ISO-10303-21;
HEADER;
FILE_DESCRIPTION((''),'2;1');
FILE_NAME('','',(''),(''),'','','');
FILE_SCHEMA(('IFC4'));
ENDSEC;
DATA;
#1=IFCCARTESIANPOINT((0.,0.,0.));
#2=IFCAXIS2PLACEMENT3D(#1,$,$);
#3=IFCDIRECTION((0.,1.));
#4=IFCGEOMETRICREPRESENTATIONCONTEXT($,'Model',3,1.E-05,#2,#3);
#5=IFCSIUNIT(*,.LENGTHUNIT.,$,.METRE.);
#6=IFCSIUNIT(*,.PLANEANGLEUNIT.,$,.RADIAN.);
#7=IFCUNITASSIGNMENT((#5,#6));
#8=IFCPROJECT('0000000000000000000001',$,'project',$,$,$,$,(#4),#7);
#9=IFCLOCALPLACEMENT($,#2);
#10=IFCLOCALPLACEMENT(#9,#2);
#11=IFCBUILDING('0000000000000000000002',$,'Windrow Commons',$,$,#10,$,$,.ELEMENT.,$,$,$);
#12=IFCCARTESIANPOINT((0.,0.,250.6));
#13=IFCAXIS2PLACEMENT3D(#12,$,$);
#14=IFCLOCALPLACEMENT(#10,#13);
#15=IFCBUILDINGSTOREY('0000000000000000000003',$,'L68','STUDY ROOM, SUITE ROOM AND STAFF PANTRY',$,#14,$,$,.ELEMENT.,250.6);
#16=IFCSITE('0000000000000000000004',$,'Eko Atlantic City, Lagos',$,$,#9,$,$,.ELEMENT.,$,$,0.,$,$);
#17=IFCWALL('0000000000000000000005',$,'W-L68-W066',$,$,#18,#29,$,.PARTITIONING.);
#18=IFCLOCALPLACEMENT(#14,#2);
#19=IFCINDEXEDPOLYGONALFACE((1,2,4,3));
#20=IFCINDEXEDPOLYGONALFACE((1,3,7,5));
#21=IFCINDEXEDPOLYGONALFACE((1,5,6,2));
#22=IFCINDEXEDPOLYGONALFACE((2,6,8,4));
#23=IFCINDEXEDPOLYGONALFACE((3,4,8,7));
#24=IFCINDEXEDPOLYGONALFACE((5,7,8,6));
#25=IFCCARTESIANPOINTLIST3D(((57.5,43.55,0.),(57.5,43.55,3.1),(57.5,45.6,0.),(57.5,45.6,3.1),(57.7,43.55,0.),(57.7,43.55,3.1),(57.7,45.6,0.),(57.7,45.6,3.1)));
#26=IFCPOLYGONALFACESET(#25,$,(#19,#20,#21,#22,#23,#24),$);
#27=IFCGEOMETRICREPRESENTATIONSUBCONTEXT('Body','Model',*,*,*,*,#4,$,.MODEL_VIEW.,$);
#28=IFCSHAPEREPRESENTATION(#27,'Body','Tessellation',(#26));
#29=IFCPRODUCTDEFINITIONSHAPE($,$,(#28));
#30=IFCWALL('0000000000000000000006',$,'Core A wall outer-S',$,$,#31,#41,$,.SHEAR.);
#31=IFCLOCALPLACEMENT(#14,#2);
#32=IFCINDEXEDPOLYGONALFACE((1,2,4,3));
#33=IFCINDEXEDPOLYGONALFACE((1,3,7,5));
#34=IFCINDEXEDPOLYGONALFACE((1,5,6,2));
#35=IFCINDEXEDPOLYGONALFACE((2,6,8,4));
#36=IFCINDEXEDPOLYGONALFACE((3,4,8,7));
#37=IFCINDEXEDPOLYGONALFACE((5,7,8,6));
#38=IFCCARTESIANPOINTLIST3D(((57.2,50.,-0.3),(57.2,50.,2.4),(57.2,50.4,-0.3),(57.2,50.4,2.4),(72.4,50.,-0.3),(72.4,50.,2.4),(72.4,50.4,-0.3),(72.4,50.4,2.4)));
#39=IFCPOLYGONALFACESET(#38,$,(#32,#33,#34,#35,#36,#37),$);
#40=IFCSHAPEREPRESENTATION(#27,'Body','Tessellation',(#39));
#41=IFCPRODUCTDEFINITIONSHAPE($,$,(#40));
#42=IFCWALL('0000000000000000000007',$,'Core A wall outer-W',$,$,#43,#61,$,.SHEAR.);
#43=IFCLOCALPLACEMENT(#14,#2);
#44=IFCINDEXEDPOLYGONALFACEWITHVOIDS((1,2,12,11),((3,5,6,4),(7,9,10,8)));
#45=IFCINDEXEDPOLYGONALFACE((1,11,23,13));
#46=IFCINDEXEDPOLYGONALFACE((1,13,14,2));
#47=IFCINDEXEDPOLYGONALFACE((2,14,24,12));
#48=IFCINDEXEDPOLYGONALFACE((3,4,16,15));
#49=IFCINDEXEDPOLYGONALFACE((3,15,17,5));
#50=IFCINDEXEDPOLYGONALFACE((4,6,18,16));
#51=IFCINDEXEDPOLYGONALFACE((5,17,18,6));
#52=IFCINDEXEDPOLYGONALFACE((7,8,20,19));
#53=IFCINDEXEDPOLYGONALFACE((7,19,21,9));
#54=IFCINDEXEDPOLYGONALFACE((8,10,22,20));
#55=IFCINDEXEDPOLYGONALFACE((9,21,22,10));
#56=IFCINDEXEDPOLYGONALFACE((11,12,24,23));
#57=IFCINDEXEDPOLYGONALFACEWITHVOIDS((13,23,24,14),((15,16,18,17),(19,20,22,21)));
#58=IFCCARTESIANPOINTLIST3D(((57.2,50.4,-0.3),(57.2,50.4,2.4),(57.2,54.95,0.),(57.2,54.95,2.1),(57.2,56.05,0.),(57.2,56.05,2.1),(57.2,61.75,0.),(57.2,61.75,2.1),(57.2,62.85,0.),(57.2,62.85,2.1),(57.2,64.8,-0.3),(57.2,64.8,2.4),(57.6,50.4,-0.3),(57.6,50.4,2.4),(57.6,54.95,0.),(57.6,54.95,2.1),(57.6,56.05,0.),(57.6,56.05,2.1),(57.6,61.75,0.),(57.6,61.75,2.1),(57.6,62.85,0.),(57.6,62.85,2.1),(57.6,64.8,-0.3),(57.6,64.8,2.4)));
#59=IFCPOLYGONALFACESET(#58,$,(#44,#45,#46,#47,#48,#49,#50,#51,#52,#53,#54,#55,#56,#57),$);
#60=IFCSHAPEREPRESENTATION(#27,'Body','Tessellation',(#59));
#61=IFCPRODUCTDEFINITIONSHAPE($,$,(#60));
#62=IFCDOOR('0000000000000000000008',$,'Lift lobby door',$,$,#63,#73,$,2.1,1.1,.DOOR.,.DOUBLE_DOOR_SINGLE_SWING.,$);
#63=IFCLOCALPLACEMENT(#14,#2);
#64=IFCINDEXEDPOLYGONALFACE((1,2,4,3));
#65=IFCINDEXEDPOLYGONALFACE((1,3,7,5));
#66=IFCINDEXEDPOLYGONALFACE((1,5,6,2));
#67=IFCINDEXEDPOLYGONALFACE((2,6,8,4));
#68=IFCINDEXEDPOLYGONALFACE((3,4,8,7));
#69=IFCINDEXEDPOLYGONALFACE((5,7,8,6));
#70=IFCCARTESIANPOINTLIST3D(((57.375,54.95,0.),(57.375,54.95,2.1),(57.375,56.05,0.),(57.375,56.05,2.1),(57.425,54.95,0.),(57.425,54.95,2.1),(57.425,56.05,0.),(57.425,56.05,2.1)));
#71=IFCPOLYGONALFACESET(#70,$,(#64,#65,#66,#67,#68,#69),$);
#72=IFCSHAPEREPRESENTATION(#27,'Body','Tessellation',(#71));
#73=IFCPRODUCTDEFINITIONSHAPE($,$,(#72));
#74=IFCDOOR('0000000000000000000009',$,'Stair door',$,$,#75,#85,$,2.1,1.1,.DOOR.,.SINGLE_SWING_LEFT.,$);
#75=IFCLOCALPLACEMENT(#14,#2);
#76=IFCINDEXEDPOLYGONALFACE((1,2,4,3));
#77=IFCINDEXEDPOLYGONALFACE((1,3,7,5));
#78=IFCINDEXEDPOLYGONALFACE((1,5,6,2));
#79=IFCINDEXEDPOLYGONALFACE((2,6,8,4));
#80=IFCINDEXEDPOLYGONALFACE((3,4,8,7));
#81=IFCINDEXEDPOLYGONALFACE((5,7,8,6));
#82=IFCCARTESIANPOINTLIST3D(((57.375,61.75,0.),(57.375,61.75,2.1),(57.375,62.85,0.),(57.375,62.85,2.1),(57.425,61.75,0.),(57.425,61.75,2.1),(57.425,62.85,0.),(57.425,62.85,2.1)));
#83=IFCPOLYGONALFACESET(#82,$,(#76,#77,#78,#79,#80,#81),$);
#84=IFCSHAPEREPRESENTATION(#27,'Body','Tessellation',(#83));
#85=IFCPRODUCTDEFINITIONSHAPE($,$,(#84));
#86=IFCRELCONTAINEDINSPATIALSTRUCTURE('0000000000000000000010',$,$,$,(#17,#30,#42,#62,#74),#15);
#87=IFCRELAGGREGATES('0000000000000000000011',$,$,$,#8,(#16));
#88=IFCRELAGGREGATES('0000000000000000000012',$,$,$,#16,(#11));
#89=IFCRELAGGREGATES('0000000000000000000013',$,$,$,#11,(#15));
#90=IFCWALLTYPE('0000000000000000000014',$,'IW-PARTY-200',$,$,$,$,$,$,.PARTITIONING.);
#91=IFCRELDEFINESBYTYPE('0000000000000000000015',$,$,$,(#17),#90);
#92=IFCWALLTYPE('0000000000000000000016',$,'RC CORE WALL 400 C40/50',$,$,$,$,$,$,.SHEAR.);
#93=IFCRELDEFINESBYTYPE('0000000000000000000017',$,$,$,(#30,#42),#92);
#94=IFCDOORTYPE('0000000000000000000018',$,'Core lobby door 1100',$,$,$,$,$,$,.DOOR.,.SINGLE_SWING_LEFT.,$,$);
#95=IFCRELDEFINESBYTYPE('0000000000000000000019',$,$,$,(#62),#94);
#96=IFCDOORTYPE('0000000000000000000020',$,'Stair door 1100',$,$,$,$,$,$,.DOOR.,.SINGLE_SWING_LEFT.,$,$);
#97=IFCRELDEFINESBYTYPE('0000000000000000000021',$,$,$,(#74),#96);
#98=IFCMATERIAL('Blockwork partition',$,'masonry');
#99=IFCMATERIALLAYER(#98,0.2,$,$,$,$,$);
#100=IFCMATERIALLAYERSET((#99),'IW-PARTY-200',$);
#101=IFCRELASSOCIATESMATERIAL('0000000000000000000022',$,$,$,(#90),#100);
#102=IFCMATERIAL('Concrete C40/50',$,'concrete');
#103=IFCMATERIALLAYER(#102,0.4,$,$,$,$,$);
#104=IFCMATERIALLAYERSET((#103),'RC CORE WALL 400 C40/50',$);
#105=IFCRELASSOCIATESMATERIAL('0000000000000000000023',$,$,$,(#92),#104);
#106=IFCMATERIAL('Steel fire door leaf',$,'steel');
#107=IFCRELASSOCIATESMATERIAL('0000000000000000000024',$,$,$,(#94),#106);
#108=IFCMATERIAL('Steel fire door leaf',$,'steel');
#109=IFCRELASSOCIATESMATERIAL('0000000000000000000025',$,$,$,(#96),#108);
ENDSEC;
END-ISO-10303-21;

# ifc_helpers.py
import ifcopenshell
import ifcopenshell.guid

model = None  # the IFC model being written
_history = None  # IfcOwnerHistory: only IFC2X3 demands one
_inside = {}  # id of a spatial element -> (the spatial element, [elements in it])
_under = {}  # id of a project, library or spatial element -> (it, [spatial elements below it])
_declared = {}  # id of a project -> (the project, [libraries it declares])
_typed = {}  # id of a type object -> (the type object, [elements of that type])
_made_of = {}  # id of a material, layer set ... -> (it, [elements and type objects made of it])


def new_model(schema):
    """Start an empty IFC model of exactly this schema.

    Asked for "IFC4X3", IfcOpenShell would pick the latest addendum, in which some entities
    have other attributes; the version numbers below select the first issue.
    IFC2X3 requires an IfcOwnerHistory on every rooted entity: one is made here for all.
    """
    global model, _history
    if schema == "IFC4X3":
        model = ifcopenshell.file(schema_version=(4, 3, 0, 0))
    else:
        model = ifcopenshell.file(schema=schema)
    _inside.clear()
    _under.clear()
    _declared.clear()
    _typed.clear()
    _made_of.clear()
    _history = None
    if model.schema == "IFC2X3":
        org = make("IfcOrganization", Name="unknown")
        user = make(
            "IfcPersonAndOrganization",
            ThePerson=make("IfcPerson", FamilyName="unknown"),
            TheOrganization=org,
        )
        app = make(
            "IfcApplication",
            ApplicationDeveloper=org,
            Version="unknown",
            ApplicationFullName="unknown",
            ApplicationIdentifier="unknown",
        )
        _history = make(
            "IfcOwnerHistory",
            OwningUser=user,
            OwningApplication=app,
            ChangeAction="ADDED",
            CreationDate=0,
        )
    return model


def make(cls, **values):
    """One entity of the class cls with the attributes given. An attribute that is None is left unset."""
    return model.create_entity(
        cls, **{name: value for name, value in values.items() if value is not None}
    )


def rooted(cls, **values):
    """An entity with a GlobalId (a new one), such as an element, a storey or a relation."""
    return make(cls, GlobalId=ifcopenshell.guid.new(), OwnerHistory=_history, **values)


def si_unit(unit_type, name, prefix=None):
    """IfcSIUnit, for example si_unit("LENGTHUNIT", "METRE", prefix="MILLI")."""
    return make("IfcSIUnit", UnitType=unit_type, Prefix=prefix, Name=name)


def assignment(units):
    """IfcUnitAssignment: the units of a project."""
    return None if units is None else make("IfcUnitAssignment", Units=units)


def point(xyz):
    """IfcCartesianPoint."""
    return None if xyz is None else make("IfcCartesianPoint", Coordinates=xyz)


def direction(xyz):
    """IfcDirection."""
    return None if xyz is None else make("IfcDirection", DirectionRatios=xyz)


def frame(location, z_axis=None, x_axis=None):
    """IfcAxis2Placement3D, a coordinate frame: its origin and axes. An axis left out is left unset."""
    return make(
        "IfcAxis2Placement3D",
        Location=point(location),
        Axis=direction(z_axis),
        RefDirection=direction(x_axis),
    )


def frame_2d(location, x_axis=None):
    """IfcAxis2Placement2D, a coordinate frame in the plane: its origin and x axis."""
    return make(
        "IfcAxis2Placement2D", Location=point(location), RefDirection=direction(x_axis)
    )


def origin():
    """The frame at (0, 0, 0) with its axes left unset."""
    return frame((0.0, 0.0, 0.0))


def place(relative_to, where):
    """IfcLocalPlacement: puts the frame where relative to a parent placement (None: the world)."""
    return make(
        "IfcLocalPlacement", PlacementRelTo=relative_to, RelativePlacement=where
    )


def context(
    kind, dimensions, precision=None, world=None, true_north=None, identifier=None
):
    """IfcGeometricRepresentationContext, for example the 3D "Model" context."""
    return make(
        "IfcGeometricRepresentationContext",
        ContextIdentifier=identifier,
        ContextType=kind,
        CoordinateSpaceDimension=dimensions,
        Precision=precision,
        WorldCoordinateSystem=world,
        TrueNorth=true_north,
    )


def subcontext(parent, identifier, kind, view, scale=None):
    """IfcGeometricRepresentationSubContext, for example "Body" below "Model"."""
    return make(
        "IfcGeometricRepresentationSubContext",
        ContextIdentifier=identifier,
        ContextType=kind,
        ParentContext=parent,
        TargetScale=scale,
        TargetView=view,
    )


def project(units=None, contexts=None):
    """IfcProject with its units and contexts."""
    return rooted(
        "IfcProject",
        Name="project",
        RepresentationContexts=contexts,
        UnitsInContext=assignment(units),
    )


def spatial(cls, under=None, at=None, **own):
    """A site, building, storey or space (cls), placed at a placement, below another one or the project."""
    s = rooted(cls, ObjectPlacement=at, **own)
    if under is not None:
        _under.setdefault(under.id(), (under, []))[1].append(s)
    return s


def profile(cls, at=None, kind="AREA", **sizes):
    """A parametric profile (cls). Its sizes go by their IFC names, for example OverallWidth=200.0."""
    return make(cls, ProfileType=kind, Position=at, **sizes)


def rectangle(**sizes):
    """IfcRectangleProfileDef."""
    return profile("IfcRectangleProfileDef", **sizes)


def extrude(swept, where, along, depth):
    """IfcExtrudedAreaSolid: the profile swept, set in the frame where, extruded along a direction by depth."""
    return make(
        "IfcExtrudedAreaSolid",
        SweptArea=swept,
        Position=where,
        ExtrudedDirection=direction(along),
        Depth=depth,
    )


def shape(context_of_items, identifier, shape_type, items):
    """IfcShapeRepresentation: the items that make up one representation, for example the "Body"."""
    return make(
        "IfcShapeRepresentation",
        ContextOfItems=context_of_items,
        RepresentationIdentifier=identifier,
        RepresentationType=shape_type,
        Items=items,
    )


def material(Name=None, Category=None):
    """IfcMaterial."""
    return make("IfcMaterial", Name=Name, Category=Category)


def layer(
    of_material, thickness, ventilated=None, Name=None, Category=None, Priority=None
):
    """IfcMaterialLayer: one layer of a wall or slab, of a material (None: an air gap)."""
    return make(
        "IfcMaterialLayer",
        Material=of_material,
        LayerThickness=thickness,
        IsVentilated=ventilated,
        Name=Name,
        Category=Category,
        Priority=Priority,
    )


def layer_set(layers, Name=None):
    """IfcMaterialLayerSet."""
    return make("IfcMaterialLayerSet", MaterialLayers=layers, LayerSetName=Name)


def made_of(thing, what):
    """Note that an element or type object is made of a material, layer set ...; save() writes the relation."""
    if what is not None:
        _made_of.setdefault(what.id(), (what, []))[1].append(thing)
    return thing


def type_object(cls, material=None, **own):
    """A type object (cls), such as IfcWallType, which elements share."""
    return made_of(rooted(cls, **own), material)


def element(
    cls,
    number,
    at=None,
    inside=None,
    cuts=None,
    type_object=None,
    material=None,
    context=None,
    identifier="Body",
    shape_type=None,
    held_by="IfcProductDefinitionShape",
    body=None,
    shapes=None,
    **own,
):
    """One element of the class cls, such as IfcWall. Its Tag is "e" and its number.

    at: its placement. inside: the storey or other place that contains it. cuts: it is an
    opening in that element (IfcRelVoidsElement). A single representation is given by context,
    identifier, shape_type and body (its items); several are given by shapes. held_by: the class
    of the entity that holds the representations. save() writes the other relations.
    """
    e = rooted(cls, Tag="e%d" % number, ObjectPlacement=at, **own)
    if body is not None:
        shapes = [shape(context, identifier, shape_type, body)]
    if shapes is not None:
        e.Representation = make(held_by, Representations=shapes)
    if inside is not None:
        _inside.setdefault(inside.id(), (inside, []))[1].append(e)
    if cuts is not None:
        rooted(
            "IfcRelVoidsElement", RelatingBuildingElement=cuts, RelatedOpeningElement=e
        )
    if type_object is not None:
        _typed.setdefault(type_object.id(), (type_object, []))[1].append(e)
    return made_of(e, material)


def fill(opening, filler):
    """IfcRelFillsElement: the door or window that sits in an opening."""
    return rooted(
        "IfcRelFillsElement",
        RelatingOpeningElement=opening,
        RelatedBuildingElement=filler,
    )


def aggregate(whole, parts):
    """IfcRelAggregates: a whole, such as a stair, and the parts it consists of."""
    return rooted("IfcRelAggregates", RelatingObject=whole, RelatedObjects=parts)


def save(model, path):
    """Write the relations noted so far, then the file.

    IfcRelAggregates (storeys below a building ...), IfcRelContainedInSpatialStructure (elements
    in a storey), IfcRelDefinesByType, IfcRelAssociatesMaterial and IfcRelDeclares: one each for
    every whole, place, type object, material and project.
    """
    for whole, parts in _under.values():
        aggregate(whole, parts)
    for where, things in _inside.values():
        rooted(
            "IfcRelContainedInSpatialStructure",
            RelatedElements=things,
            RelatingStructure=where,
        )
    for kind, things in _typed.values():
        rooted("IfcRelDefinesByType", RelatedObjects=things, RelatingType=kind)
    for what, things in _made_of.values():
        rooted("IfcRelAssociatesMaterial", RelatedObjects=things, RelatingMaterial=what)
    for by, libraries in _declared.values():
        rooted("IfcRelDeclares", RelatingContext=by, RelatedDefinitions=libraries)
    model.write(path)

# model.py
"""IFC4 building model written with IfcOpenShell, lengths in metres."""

from ifc_helpers import new_model, si_unit, direction, frame, frame_2d, origin, place, context, subcontext, project, spatial, rectangle, extrude, material, layer, layer_set, type_object, element, fill, save


model = new_model("IFC4")

# Units and contexts
model_context = context("Model", 3, precision=1e-05, world=origin(), true_north=direction((0.0, 1.0)))
body_context = subcontext(model_context, "Body", "Model", "MODEL_VIEW")
ifc_project = project(units=[si_unit("LENGTHUNIT", "METRE"), si_unit("PLANEANGLEUNIT", "RADIAN")], contexts=[model_context])

# Site, building, storey
site_placement = place(None, origin())
site = spatial("IfcSite", under=ifc_project, at=site_placement, Name="Eko Atlantic City, Lagos", CompositionType="ELEMENT", RefElevation=0.0)
building_placement = place(site_placement, origin())
building = spatial("IfcBuilding", under=site, at=building_placement, Name="Windrow Commons", CompositionType="ELEMENT")
storey_placement = place(building_placement, frame((0.0, 0.0, 250.6)))
storey = spatial("IfcBuildingStorey", under=building, at=storey_placement, Name="L68", Description="STUDY ROOM, SUITE ROOM AND STAFF PANTRY", CompositionType="ELEMENT", Elevation=250.6)

# Walls
ifc_material_1 = material(Name="Blockwork partition", Category="masonry")
ifc_layer_1 = layer(ifc_material_1, 0.2)
ifc_layer_set_1 = layer_set([ifc_layer_1], Name="IW-PARTY-200")
wall_type_1 = type_object("IfcWallType", Name="IW-PARTY-200", PredefinedType="PARTITIONING", material=ifc_layer_set_1)
wall_1_placement = place(storey_placement, frame((57.6, 43.55, 0.0), z_axis=(0.0, 0.0, 1.0), x_axis=(0.0, 1.0, 0.0)))
element("IfcWall", 1, at=wall_1_placement, inside=storey, type_object=wall_type_1, Name="W-L68-W066", PredefinedType="PARTITIONING", context=body_context, shape_type="SweptSolid", body=[
    extrude(rectangle(XDim=2.05, YDim=0.2, at=frame_2d((1.025, 0.0))), origin(), (0.0, 0.0, 1.0), 3.1),
])
ifc_material_2 = material(Name="Concrete C40/50", Category="concrete")
ifc_layer_2 = layer(ifc_material_2, 0.4)
ifc_layer_set_2 = layer_set([ifc_layer_2], Name="RC CORE WALL 400 C40/50")
wall_type_2 = type_object("IfcWallType", Name="RC CORE WALL 400 C40/50", PredefinedType="SHEAR", material=ifc_layer_set_2)
wall_2_placement = place(storey_placement, frame((57.2, 50.2, -0.3), z_axis=(0.0, 0.0, 1.0), x_axis=(1.0, 0.0, 0.0)))
element("IfcWall", 2, at=wall_2_placement, inside=storey, type_object=wall_type_2, Name="Core A wall outer-S", PredefinedType="SHEAR", context=body_context, shape_type="SweptSolid", body=[
    extrude(rectangle(XDim=15.2, YDim=0.4, at=frame_2d((7.6, 0.0))), origin(), (0.0, 0.0, 1.0), 2.7),
])

# Wall, openings, doors
wall_3_placement = place(storey_placement, frame((57.4, 50.4, -0.3), z_axis=(0.0, 0.0, 1.0), x_axis=(0.0, 1.0, 0.0)))
wall_3 = element("IfcWall", 3, at=wall_3_placement, inside=storey, type_object=wall_type_2, Name="Core A wall outer-W", PredefinedType="SHEAR", context=body_context, shape_type="SweptSolid", body=[
    extrude(rectangle(XDim=14.4, YDim=0.4, at=frame_2d((7.2, 0.0))), origin(), (0.0, 0.0, 1.0), 2.7),
])
opening_1_placement = place(wall_3_placement, frame((4.55, 0.0, 0.3)))
opening_1 = element("IfcOpeningElement", 4, at=opening_1_placement, cuts=wall_3, PredefinedType="OPENING", context=body_context, shape_type="SweptSolid", body=[
    extrude(rectangle(XDim=1.1, YDim=2.1, at=frame_2d((0.55, 1.05))), frame((0.0, 0.21, 0.0), z_axis=(0.0, -1.0, 0.0), x_axis=(1.0, 0.0, 0.0)), (0.0, 0.0, 1.0), 0.42),
])
opening_2_placement = place(wall_3_placement, frame((11.35, 0.0, 0.3)))
opening_2 = element("IfcOpeningElement", 5, at=opening_2_placement, cuts=wall_3, PredefinedType="OPENING", context=body_context, shape_type="SweptSolid", body=[
    extrude(rectangle(XDim=1.1, YDim=2.1, at=frame_2d((0.55, 1.05))), frame((0.0, 0.21, 0.0), z_axis=(0.0, -1.0, 0.0), x_axis=(1.0, 0.0, 0.0)), (0.0, 0.0, 1.0), 0.42),
])
ifc_material_3 = material(Name="Steel fire door leaf", Category="steel")
door_type_1 = type_object("IfcDoorType", Name="Core lobby door 1100", OperationType="SINGLE_SWING_LEFT", PredefinedType="DOOR", material=ifc_material_3)
door_1_placement = place(opening_1_placement, origin())
door_1 = element("IfcDoor", 6, at=door_1_placement, inside=storey, type_object=door_type_1, Name="Lift lobby door", OperationType="DOUBLE_DOOR_SINGLE_SWING", OverallHeight=2.1, OverallWidth=1.1, PredefinedType="DOOR", context=body_context, shape_type="SweptSolid", body=[
    extrude(rectangle(XDim=1.1, YDim=2.1, at=frame_2d((0.55, 1.05))), frame((0.0, 0.025, 0.0), z_axis=(0.0, -1.0, 0.0), x_axis=(1.0, 0.0, 0.0)), (0.0, 0.0, 1.0), 0.05),
])
fill(opening_1, door_1)
ifc_material_4 = material(Name="Steel fire door leaf", Category="steel")
door_type_2 = type_object("IfcDoorType", Name="Stair door 1100", OperationType="SINGLE_SWING_LEFT", PredefinedType="DOOR", material=ifc_material_4)
door_2_placement = place(opening_2_placement, origin())
door_2 = element("IfcDoor", 7, at=door_2_placement, inside=storey, type_object=door_type_2, Name="Stair door", OperationType="SINGLE_SWING_LEFT", OverallHeight=2.1, OverallWidth=1.1, PredefinedType="DOOR", context=body_context, shape_type="SweptSolid", body=[
    extrude(rectangle(XDim=1.1, YDim=2.1, at=frame_2d((0.55, 1.05))), frame((0.0, 0.025, 0.0), z_axis=(0.0, -1.0, 0.0), x_axis=(1.0, 0.0, 0.0)), (0.0, 0.0, 1.0), 0.05),
])
fill(opening_2, door_2)

save(model, "model.ifc")
